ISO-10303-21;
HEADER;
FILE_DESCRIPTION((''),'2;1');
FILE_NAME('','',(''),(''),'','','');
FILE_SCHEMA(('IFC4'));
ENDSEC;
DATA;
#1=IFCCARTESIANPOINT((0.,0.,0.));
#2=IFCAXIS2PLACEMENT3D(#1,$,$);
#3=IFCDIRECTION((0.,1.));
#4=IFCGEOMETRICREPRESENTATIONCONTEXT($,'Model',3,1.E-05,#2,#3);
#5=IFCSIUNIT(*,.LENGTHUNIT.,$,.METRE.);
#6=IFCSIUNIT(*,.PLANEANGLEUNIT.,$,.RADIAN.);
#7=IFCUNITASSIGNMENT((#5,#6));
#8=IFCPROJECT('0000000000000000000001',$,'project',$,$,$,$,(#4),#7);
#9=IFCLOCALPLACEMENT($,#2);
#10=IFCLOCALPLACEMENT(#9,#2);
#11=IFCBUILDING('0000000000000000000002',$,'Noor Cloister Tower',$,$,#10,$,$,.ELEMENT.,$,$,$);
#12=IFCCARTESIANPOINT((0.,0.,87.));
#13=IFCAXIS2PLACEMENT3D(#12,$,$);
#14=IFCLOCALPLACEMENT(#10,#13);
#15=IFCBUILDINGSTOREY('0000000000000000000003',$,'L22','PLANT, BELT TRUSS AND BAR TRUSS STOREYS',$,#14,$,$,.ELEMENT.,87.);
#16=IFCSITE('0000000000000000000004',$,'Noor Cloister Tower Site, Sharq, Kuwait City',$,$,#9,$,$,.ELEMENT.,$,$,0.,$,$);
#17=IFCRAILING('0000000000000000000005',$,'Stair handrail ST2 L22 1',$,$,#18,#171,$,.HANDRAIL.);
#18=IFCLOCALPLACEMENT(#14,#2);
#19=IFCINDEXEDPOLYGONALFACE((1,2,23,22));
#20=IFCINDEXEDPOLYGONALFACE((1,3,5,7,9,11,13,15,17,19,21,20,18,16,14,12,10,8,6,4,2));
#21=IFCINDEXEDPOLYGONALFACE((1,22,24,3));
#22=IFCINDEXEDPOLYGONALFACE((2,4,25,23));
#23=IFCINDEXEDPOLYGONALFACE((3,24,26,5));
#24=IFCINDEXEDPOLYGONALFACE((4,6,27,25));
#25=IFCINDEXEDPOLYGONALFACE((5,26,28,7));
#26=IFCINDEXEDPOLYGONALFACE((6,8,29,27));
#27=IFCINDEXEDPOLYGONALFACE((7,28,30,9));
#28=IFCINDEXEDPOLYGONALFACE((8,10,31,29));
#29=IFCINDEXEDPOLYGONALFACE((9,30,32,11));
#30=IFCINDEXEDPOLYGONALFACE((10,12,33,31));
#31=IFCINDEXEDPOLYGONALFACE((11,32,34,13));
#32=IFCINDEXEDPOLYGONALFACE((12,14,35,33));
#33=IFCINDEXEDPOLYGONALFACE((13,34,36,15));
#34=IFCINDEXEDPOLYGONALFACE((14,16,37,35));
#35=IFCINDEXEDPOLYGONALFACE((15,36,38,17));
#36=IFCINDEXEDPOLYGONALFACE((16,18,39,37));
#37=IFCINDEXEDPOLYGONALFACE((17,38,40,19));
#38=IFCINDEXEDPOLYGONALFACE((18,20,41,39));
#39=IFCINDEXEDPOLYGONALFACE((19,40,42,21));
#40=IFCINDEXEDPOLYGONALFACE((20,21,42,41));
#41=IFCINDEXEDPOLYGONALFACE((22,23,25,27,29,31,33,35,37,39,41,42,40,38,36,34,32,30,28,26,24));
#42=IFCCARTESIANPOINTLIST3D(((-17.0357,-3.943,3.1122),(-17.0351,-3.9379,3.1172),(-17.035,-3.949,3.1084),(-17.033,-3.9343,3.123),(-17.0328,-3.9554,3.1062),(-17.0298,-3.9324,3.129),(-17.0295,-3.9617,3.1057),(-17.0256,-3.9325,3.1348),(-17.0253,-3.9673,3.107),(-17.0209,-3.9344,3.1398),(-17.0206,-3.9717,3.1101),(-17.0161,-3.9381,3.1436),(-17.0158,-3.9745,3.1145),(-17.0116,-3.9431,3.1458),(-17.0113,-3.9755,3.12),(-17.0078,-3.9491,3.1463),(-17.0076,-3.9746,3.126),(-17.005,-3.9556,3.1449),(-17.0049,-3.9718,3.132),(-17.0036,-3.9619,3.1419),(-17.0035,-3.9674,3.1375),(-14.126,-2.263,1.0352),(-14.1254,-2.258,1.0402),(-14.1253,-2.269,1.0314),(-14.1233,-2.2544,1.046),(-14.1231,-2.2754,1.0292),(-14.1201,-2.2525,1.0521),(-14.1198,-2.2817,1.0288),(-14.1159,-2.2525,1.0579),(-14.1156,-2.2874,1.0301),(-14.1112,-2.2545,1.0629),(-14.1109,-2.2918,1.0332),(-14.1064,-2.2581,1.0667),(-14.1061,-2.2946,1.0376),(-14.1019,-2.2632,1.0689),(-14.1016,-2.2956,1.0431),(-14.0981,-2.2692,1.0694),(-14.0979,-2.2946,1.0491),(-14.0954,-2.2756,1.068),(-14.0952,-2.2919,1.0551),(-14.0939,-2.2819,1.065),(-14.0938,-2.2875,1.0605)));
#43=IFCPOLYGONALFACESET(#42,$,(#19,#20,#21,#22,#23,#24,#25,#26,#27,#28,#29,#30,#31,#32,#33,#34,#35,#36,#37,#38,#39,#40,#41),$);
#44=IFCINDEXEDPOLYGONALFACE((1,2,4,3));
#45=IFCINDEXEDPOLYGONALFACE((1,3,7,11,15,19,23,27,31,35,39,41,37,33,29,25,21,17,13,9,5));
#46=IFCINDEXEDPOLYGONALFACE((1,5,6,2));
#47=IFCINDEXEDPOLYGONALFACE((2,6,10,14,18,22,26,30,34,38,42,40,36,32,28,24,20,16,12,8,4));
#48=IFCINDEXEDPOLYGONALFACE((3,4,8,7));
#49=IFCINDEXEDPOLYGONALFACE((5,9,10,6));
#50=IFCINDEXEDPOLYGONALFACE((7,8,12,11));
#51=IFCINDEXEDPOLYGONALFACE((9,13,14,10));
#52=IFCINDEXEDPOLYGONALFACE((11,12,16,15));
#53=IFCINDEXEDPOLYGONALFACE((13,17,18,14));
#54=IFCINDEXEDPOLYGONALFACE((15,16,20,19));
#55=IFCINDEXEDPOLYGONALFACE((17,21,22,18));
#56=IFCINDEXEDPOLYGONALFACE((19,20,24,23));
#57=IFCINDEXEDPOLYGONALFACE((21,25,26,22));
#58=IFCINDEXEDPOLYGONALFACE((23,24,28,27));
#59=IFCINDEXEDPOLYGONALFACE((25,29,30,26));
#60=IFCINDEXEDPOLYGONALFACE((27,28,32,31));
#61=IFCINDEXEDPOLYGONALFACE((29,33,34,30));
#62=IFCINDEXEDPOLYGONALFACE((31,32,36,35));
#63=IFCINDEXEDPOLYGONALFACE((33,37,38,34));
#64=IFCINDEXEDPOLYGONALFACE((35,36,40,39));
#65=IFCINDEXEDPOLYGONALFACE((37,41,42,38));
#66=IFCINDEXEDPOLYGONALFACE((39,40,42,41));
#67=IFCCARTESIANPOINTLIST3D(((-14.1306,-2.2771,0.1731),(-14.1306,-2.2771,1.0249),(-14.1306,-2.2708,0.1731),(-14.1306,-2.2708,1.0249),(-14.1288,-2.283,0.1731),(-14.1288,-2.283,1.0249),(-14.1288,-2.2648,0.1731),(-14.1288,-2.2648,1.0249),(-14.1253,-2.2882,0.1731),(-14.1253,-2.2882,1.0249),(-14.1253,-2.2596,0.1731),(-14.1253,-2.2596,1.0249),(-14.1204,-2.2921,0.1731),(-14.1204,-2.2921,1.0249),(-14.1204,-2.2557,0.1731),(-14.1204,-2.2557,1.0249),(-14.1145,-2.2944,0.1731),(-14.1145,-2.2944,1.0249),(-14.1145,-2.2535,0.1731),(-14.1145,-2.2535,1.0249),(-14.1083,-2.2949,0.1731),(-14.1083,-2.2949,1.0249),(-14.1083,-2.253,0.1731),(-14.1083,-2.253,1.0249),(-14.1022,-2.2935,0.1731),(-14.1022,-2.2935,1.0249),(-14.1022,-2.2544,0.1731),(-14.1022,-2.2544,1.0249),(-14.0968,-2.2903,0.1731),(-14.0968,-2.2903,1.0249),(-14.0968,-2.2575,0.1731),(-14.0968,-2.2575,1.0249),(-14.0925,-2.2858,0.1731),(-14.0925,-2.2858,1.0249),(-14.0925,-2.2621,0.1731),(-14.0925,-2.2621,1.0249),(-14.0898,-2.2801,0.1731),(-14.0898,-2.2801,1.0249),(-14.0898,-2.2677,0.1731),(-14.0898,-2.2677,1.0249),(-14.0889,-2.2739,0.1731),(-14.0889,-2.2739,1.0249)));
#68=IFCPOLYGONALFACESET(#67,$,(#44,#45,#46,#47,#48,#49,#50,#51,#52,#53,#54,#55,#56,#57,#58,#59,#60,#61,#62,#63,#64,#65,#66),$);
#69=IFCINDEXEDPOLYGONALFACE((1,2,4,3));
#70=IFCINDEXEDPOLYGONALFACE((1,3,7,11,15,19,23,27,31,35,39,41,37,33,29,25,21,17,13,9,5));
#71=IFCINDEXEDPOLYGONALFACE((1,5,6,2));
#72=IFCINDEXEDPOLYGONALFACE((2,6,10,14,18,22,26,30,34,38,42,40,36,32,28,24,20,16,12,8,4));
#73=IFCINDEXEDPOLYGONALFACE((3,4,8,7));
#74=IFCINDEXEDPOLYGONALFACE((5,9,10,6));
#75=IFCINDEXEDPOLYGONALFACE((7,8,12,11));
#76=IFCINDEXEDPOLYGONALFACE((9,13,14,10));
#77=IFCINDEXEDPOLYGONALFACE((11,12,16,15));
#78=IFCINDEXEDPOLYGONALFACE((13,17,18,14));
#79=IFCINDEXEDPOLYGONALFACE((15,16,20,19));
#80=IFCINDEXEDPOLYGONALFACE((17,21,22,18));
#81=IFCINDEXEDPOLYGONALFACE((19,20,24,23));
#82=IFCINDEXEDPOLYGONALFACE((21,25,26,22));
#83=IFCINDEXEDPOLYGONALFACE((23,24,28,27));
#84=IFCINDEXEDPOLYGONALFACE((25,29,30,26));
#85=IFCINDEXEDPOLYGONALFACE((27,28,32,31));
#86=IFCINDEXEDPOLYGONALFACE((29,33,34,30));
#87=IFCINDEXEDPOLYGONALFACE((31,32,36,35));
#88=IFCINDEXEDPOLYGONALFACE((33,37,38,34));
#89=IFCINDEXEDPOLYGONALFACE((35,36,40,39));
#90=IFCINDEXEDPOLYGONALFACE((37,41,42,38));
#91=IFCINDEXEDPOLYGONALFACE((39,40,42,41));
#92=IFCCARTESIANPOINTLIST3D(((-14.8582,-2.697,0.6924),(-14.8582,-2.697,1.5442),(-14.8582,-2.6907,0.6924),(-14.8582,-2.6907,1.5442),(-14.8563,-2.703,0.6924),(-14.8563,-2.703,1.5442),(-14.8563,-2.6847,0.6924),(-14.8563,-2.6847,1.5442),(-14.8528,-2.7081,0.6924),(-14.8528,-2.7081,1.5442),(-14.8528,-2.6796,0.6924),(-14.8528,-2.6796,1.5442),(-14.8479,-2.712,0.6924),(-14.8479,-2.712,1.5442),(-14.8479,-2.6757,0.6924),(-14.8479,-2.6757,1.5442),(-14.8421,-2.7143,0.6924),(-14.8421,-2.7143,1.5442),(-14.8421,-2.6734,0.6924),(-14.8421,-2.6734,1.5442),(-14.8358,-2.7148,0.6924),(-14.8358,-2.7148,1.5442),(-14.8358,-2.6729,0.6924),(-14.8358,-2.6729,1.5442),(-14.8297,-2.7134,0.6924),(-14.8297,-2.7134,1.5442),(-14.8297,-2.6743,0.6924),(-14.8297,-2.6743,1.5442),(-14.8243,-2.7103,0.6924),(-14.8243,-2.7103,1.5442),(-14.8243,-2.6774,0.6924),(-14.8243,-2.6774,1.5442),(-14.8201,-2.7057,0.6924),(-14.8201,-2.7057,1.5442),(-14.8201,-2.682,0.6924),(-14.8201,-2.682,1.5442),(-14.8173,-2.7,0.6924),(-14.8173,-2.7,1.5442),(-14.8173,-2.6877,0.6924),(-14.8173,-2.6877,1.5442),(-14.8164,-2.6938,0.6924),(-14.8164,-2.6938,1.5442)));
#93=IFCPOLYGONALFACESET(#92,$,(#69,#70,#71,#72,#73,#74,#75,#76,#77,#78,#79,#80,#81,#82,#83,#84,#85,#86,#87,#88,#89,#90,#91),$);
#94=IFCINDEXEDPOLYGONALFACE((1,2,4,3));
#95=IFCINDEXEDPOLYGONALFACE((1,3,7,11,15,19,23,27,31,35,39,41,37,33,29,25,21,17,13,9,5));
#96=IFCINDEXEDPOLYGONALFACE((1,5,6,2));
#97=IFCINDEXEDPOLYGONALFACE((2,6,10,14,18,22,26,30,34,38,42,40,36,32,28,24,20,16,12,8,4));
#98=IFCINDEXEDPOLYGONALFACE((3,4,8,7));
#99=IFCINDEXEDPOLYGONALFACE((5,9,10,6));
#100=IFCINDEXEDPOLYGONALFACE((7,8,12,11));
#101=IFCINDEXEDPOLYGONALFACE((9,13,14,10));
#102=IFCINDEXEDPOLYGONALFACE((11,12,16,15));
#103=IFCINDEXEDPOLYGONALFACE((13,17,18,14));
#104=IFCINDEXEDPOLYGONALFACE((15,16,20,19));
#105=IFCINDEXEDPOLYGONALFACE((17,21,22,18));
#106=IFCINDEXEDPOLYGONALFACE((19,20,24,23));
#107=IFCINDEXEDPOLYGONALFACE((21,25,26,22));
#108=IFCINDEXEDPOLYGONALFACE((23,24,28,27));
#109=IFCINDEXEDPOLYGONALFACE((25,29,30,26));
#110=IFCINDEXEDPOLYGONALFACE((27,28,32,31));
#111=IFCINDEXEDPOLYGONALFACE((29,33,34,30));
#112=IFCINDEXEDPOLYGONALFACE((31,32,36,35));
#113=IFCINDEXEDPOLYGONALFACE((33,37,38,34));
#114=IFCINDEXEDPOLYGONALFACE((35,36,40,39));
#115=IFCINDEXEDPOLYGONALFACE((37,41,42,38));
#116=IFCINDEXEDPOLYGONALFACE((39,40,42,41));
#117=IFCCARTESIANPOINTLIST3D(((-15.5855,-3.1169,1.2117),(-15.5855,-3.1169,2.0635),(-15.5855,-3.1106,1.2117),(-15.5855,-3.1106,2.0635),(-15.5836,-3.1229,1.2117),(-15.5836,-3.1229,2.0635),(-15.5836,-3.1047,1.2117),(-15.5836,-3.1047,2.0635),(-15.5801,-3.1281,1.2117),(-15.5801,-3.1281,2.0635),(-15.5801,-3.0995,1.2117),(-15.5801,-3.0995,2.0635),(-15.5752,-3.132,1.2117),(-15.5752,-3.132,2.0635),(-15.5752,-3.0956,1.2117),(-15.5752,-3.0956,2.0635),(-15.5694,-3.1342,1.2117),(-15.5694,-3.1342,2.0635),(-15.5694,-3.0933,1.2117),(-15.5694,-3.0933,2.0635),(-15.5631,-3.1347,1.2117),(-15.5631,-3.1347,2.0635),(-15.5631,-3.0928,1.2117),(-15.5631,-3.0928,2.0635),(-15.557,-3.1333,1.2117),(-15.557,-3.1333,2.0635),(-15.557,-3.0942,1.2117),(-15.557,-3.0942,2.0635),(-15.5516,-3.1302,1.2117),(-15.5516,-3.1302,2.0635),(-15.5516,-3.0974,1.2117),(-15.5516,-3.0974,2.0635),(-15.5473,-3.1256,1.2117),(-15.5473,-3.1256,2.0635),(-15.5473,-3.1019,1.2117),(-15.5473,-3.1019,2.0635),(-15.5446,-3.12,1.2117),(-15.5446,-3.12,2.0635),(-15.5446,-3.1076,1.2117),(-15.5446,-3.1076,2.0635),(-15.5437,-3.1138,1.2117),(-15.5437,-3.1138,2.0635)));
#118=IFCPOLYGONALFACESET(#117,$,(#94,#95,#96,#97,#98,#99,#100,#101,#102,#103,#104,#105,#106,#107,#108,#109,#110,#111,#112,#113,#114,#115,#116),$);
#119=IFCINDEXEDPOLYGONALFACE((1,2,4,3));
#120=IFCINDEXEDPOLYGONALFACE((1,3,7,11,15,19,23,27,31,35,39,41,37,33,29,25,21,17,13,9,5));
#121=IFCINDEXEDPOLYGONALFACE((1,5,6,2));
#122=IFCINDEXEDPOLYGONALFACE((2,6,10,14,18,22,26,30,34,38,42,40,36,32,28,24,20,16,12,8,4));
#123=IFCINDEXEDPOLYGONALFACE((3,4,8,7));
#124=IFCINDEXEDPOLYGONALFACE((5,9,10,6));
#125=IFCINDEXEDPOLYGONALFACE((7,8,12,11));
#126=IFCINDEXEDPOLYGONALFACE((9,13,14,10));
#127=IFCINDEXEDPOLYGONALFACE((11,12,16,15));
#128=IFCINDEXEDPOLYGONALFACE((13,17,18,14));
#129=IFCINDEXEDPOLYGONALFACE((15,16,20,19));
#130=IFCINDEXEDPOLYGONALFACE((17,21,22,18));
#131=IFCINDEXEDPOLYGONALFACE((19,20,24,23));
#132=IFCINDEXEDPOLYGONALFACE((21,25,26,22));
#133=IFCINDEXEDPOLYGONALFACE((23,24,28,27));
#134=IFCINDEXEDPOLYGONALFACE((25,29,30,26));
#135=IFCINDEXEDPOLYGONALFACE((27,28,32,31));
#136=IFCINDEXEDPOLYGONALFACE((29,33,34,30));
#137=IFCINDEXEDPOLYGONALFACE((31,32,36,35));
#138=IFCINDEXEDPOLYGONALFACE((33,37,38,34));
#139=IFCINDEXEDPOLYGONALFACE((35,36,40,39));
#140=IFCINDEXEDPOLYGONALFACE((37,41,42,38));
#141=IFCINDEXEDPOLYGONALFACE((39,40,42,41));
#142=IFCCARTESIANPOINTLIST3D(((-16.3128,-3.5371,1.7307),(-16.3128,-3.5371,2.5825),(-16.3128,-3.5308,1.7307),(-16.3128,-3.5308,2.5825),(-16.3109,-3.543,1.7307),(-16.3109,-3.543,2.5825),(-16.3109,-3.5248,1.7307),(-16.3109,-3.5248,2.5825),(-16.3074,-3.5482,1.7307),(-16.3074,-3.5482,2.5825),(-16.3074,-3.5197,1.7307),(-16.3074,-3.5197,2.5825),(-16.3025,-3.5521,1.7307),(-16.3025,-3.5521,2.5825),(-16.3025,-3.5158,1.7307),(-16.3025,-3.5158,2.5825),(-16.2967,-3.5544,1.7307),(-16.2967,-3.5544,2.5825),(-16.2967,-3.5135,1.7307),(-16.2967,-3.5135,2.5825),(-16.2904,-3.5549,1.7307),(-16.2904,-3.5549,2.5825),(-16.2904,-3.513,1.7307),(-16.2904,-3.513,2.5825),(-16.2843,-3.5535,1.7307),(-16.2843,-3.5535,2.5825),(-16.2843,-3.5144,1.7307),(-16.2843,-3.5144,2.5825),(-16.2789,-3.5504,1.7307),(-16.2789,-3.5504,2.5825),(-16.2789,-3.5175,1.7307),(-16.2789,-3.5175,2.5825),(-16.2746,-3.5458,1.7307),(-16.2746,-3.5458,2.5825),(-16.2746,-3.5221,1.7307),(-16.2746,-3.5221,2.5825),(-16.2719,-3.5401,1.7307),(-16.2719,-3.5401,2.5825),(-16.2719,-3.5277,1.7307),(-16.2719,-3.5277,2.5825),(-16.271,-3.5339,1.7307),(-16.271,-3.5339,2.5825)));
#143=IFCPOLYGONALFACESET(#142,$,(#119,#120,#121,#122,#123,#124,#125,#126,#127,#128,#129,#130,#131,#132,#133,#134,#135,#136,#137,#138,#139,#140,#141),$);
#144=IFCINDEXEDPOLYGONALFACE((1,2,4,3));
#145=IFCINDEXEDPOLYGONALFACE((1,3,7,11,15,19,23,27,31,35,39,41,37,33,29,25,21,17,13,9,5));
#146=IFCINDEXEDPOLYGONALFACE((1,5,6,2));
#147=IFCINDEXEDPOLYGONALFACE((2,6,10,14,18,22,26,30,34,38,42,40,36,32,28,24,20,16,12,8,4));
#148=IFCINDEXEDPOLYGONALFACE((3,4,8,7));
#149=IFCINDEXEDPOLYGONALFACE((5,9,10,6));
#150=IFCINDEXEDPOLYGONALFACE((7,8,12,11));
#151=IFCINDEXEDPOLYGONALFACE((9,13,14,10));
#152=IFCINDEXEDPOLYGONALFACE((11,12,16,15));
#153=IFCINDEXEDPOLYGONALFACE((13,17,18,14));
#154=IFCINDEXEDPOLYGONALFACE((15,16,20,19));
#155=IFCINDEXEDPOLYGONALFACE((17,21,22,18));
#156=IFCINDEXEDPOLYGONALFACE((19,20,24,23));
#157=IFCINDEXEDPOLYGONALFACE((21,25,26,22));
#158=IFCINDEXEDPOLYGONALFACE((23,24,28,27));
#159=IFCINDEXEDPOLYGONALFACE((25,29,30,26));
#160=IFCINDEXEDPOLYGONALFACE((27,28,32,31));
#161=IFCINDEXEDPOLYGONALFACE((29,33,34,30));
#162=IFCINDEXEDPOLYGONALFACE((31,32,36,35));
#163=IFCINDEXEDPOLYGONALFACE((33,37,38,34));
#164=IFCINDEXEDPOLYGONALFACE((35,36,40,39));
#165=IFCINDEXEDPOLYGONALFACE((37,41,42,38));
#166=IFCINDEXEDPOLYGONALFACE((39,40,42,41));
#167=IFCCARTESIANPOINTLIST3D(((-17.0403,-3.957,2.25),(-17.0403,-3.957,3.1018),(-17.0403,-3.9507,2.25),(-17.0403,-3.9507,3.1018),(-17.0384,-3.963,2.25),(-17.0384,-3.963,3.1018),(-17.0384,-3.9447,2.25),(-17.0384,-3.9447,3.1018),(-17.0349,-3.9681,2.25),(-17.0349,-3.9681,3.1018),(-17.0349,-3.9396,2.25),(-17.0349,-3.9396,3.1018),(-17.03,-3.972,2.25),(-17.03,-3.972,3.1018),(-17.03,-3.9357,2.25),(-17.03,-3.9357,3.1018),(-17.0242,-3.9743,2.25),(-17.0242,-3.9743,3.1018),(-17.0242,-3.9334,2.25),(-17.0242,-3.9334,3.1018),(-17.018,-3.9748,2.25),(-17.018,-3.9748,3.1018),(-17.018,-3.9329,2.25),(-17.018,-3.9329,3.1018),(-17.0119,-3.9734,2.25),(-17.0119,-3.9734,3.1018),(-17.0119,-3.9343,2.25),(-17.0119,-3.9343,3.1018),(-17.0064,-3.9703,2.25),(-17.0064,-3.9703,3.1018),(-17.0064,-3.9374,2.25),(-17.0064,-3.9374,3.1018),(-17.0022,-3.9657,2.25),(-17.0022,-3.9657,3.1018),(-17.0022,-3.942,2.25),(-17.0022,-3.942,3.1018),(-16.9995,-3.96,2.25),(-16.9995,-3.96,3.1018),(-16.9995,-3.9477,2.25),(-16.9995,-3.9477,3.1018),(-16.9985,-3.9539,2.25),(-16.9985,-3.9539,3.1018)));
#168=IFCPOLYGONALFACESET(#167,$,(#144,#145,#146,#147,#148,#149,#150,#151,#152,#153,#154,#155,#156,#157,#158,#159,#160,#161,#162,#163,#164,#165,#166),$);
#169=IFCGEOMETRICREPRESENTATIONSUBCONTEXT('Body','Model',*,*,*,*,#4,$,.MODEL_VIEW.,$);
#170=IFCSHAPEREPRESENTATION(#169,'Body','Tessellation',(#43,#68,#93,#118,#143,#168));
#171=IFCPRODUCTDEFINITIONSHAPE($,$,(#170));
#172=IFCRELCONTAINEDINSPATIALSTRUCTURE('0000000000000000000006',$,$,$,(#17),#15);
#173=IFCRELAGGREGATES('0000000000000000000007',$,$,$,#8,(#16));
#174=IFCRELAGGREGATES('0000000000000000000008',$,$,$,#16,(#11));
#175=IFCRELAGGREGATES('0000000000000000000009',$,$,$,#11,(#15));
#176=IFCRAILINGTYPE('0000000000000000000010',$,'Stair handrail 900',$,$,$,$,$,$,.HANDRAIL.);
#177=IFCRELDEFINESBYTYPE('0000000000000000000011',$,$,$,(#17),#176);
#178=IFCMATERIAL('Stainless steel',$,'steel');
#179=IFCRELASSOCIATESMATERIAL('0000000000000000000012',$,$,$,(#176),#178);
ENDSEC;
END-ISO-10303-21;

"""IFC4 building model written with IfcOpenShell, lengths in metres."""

from ifc_helpers import new_model, si_unit, direction, frame, origin, origin_2d, place, context, subcontext, project, spatial, circle, extrude, material, type_object, element, save


model = new_model("IFC4")

# Units and contexts
model_context = context("Model", 3, precision=1e-05, world=origin(), true_north=direction((0.0, 1.0)))
body_context = subcontext(model_context, "Body", "Model", "MODEL_VIEW")
ifc_project = project(units=[si_unit("LENGTHUNIT", "METRE"), si_unit("PLANEANGLEUNIT", "RADIAN")], contexts=[model_context])

# Site, building, storey
site_placement = place(None, origin())
site = spatial("IfcSite", under=ifc_project, at=site_placement, Name="Noor Cloister Tower Site, Sharq, Kuwait City", CompositionType="ELEMENT", RefElevation=0.0)
building_placement = place(site_placement, origin())
building = spatial("IfcBuilding", under=site, at=building_placement, Name="Noor Cloister Tower", CompositionType="ELEMENT")
storey_placement = place(building_placement, frame((0.0, 0.0, 87.0)))
storey = spatial("IfcBuildingStorey", under=building, at=storey_placement, Name="L22", Description="PLANT, BELT TRUSS AND BAR TRUSS STOREYS", CompositionType="ELEMENT", Elevation=87.0)

# Railing
ifc_material_1 = material(Name="Stainless steel", Category="steel")
railing_type_1 = type_object("IfcRailingType", Name="Stair handrail 900", PredefinedType="HANDRAIL", material=ifc_material_1)
railing_1_placement = place(storey_placement, frame((-14.1099, -2.2739, 0.1731)))
element("IfcRailing", 1, at=railing_1_placement, inside=storey, type_object=railing_type_1, Name="Stair handrail ST2 L22 1", PredefinedType="HANDRAIL", context=body_context, shape_type="SweptSolid", body=[
    extrude(circle(Radius=0.0239, at=origin_2d()), frame((0.0, 0.0, 0.876), z_axis=(-0.73664, -0.425308, 0.525809), x_axis=(0.500008, -0.866021, 0.0)), (0.0, 0.0, 1.0), 3.95),
    extrude(circle(Radius=0.021, at=origin_2d()), origin(), (0.0, 0.0, 1.0), 0.8518),
    extrude(circle(Radius=0.021, at=origin_2d()), frame((-0.7275, -0.4199, 0.5193)), (0.0, 0.0, 1.0), 0.8518),
    extrude(circle(Radius=0.021, at=origin_2d()), frame((-1.4548, -0.8398, 1.0386)), (0.0, 0.0, 1.0), 0.8518),
    extrude(circle(Radius=0.021, at=origin_2d()), frame((-2.1821, -1.26, 1.5576)), (0.0, 0.0, 1.0), 0.8518),
    extrude(circle(Radius=0.021, at=origin_2d()), frame((-2.9097, -1.6799, 2.0769)), (0.0, 0.0, 1.0), 0.8518),
])

save(model, "model.ifc")
